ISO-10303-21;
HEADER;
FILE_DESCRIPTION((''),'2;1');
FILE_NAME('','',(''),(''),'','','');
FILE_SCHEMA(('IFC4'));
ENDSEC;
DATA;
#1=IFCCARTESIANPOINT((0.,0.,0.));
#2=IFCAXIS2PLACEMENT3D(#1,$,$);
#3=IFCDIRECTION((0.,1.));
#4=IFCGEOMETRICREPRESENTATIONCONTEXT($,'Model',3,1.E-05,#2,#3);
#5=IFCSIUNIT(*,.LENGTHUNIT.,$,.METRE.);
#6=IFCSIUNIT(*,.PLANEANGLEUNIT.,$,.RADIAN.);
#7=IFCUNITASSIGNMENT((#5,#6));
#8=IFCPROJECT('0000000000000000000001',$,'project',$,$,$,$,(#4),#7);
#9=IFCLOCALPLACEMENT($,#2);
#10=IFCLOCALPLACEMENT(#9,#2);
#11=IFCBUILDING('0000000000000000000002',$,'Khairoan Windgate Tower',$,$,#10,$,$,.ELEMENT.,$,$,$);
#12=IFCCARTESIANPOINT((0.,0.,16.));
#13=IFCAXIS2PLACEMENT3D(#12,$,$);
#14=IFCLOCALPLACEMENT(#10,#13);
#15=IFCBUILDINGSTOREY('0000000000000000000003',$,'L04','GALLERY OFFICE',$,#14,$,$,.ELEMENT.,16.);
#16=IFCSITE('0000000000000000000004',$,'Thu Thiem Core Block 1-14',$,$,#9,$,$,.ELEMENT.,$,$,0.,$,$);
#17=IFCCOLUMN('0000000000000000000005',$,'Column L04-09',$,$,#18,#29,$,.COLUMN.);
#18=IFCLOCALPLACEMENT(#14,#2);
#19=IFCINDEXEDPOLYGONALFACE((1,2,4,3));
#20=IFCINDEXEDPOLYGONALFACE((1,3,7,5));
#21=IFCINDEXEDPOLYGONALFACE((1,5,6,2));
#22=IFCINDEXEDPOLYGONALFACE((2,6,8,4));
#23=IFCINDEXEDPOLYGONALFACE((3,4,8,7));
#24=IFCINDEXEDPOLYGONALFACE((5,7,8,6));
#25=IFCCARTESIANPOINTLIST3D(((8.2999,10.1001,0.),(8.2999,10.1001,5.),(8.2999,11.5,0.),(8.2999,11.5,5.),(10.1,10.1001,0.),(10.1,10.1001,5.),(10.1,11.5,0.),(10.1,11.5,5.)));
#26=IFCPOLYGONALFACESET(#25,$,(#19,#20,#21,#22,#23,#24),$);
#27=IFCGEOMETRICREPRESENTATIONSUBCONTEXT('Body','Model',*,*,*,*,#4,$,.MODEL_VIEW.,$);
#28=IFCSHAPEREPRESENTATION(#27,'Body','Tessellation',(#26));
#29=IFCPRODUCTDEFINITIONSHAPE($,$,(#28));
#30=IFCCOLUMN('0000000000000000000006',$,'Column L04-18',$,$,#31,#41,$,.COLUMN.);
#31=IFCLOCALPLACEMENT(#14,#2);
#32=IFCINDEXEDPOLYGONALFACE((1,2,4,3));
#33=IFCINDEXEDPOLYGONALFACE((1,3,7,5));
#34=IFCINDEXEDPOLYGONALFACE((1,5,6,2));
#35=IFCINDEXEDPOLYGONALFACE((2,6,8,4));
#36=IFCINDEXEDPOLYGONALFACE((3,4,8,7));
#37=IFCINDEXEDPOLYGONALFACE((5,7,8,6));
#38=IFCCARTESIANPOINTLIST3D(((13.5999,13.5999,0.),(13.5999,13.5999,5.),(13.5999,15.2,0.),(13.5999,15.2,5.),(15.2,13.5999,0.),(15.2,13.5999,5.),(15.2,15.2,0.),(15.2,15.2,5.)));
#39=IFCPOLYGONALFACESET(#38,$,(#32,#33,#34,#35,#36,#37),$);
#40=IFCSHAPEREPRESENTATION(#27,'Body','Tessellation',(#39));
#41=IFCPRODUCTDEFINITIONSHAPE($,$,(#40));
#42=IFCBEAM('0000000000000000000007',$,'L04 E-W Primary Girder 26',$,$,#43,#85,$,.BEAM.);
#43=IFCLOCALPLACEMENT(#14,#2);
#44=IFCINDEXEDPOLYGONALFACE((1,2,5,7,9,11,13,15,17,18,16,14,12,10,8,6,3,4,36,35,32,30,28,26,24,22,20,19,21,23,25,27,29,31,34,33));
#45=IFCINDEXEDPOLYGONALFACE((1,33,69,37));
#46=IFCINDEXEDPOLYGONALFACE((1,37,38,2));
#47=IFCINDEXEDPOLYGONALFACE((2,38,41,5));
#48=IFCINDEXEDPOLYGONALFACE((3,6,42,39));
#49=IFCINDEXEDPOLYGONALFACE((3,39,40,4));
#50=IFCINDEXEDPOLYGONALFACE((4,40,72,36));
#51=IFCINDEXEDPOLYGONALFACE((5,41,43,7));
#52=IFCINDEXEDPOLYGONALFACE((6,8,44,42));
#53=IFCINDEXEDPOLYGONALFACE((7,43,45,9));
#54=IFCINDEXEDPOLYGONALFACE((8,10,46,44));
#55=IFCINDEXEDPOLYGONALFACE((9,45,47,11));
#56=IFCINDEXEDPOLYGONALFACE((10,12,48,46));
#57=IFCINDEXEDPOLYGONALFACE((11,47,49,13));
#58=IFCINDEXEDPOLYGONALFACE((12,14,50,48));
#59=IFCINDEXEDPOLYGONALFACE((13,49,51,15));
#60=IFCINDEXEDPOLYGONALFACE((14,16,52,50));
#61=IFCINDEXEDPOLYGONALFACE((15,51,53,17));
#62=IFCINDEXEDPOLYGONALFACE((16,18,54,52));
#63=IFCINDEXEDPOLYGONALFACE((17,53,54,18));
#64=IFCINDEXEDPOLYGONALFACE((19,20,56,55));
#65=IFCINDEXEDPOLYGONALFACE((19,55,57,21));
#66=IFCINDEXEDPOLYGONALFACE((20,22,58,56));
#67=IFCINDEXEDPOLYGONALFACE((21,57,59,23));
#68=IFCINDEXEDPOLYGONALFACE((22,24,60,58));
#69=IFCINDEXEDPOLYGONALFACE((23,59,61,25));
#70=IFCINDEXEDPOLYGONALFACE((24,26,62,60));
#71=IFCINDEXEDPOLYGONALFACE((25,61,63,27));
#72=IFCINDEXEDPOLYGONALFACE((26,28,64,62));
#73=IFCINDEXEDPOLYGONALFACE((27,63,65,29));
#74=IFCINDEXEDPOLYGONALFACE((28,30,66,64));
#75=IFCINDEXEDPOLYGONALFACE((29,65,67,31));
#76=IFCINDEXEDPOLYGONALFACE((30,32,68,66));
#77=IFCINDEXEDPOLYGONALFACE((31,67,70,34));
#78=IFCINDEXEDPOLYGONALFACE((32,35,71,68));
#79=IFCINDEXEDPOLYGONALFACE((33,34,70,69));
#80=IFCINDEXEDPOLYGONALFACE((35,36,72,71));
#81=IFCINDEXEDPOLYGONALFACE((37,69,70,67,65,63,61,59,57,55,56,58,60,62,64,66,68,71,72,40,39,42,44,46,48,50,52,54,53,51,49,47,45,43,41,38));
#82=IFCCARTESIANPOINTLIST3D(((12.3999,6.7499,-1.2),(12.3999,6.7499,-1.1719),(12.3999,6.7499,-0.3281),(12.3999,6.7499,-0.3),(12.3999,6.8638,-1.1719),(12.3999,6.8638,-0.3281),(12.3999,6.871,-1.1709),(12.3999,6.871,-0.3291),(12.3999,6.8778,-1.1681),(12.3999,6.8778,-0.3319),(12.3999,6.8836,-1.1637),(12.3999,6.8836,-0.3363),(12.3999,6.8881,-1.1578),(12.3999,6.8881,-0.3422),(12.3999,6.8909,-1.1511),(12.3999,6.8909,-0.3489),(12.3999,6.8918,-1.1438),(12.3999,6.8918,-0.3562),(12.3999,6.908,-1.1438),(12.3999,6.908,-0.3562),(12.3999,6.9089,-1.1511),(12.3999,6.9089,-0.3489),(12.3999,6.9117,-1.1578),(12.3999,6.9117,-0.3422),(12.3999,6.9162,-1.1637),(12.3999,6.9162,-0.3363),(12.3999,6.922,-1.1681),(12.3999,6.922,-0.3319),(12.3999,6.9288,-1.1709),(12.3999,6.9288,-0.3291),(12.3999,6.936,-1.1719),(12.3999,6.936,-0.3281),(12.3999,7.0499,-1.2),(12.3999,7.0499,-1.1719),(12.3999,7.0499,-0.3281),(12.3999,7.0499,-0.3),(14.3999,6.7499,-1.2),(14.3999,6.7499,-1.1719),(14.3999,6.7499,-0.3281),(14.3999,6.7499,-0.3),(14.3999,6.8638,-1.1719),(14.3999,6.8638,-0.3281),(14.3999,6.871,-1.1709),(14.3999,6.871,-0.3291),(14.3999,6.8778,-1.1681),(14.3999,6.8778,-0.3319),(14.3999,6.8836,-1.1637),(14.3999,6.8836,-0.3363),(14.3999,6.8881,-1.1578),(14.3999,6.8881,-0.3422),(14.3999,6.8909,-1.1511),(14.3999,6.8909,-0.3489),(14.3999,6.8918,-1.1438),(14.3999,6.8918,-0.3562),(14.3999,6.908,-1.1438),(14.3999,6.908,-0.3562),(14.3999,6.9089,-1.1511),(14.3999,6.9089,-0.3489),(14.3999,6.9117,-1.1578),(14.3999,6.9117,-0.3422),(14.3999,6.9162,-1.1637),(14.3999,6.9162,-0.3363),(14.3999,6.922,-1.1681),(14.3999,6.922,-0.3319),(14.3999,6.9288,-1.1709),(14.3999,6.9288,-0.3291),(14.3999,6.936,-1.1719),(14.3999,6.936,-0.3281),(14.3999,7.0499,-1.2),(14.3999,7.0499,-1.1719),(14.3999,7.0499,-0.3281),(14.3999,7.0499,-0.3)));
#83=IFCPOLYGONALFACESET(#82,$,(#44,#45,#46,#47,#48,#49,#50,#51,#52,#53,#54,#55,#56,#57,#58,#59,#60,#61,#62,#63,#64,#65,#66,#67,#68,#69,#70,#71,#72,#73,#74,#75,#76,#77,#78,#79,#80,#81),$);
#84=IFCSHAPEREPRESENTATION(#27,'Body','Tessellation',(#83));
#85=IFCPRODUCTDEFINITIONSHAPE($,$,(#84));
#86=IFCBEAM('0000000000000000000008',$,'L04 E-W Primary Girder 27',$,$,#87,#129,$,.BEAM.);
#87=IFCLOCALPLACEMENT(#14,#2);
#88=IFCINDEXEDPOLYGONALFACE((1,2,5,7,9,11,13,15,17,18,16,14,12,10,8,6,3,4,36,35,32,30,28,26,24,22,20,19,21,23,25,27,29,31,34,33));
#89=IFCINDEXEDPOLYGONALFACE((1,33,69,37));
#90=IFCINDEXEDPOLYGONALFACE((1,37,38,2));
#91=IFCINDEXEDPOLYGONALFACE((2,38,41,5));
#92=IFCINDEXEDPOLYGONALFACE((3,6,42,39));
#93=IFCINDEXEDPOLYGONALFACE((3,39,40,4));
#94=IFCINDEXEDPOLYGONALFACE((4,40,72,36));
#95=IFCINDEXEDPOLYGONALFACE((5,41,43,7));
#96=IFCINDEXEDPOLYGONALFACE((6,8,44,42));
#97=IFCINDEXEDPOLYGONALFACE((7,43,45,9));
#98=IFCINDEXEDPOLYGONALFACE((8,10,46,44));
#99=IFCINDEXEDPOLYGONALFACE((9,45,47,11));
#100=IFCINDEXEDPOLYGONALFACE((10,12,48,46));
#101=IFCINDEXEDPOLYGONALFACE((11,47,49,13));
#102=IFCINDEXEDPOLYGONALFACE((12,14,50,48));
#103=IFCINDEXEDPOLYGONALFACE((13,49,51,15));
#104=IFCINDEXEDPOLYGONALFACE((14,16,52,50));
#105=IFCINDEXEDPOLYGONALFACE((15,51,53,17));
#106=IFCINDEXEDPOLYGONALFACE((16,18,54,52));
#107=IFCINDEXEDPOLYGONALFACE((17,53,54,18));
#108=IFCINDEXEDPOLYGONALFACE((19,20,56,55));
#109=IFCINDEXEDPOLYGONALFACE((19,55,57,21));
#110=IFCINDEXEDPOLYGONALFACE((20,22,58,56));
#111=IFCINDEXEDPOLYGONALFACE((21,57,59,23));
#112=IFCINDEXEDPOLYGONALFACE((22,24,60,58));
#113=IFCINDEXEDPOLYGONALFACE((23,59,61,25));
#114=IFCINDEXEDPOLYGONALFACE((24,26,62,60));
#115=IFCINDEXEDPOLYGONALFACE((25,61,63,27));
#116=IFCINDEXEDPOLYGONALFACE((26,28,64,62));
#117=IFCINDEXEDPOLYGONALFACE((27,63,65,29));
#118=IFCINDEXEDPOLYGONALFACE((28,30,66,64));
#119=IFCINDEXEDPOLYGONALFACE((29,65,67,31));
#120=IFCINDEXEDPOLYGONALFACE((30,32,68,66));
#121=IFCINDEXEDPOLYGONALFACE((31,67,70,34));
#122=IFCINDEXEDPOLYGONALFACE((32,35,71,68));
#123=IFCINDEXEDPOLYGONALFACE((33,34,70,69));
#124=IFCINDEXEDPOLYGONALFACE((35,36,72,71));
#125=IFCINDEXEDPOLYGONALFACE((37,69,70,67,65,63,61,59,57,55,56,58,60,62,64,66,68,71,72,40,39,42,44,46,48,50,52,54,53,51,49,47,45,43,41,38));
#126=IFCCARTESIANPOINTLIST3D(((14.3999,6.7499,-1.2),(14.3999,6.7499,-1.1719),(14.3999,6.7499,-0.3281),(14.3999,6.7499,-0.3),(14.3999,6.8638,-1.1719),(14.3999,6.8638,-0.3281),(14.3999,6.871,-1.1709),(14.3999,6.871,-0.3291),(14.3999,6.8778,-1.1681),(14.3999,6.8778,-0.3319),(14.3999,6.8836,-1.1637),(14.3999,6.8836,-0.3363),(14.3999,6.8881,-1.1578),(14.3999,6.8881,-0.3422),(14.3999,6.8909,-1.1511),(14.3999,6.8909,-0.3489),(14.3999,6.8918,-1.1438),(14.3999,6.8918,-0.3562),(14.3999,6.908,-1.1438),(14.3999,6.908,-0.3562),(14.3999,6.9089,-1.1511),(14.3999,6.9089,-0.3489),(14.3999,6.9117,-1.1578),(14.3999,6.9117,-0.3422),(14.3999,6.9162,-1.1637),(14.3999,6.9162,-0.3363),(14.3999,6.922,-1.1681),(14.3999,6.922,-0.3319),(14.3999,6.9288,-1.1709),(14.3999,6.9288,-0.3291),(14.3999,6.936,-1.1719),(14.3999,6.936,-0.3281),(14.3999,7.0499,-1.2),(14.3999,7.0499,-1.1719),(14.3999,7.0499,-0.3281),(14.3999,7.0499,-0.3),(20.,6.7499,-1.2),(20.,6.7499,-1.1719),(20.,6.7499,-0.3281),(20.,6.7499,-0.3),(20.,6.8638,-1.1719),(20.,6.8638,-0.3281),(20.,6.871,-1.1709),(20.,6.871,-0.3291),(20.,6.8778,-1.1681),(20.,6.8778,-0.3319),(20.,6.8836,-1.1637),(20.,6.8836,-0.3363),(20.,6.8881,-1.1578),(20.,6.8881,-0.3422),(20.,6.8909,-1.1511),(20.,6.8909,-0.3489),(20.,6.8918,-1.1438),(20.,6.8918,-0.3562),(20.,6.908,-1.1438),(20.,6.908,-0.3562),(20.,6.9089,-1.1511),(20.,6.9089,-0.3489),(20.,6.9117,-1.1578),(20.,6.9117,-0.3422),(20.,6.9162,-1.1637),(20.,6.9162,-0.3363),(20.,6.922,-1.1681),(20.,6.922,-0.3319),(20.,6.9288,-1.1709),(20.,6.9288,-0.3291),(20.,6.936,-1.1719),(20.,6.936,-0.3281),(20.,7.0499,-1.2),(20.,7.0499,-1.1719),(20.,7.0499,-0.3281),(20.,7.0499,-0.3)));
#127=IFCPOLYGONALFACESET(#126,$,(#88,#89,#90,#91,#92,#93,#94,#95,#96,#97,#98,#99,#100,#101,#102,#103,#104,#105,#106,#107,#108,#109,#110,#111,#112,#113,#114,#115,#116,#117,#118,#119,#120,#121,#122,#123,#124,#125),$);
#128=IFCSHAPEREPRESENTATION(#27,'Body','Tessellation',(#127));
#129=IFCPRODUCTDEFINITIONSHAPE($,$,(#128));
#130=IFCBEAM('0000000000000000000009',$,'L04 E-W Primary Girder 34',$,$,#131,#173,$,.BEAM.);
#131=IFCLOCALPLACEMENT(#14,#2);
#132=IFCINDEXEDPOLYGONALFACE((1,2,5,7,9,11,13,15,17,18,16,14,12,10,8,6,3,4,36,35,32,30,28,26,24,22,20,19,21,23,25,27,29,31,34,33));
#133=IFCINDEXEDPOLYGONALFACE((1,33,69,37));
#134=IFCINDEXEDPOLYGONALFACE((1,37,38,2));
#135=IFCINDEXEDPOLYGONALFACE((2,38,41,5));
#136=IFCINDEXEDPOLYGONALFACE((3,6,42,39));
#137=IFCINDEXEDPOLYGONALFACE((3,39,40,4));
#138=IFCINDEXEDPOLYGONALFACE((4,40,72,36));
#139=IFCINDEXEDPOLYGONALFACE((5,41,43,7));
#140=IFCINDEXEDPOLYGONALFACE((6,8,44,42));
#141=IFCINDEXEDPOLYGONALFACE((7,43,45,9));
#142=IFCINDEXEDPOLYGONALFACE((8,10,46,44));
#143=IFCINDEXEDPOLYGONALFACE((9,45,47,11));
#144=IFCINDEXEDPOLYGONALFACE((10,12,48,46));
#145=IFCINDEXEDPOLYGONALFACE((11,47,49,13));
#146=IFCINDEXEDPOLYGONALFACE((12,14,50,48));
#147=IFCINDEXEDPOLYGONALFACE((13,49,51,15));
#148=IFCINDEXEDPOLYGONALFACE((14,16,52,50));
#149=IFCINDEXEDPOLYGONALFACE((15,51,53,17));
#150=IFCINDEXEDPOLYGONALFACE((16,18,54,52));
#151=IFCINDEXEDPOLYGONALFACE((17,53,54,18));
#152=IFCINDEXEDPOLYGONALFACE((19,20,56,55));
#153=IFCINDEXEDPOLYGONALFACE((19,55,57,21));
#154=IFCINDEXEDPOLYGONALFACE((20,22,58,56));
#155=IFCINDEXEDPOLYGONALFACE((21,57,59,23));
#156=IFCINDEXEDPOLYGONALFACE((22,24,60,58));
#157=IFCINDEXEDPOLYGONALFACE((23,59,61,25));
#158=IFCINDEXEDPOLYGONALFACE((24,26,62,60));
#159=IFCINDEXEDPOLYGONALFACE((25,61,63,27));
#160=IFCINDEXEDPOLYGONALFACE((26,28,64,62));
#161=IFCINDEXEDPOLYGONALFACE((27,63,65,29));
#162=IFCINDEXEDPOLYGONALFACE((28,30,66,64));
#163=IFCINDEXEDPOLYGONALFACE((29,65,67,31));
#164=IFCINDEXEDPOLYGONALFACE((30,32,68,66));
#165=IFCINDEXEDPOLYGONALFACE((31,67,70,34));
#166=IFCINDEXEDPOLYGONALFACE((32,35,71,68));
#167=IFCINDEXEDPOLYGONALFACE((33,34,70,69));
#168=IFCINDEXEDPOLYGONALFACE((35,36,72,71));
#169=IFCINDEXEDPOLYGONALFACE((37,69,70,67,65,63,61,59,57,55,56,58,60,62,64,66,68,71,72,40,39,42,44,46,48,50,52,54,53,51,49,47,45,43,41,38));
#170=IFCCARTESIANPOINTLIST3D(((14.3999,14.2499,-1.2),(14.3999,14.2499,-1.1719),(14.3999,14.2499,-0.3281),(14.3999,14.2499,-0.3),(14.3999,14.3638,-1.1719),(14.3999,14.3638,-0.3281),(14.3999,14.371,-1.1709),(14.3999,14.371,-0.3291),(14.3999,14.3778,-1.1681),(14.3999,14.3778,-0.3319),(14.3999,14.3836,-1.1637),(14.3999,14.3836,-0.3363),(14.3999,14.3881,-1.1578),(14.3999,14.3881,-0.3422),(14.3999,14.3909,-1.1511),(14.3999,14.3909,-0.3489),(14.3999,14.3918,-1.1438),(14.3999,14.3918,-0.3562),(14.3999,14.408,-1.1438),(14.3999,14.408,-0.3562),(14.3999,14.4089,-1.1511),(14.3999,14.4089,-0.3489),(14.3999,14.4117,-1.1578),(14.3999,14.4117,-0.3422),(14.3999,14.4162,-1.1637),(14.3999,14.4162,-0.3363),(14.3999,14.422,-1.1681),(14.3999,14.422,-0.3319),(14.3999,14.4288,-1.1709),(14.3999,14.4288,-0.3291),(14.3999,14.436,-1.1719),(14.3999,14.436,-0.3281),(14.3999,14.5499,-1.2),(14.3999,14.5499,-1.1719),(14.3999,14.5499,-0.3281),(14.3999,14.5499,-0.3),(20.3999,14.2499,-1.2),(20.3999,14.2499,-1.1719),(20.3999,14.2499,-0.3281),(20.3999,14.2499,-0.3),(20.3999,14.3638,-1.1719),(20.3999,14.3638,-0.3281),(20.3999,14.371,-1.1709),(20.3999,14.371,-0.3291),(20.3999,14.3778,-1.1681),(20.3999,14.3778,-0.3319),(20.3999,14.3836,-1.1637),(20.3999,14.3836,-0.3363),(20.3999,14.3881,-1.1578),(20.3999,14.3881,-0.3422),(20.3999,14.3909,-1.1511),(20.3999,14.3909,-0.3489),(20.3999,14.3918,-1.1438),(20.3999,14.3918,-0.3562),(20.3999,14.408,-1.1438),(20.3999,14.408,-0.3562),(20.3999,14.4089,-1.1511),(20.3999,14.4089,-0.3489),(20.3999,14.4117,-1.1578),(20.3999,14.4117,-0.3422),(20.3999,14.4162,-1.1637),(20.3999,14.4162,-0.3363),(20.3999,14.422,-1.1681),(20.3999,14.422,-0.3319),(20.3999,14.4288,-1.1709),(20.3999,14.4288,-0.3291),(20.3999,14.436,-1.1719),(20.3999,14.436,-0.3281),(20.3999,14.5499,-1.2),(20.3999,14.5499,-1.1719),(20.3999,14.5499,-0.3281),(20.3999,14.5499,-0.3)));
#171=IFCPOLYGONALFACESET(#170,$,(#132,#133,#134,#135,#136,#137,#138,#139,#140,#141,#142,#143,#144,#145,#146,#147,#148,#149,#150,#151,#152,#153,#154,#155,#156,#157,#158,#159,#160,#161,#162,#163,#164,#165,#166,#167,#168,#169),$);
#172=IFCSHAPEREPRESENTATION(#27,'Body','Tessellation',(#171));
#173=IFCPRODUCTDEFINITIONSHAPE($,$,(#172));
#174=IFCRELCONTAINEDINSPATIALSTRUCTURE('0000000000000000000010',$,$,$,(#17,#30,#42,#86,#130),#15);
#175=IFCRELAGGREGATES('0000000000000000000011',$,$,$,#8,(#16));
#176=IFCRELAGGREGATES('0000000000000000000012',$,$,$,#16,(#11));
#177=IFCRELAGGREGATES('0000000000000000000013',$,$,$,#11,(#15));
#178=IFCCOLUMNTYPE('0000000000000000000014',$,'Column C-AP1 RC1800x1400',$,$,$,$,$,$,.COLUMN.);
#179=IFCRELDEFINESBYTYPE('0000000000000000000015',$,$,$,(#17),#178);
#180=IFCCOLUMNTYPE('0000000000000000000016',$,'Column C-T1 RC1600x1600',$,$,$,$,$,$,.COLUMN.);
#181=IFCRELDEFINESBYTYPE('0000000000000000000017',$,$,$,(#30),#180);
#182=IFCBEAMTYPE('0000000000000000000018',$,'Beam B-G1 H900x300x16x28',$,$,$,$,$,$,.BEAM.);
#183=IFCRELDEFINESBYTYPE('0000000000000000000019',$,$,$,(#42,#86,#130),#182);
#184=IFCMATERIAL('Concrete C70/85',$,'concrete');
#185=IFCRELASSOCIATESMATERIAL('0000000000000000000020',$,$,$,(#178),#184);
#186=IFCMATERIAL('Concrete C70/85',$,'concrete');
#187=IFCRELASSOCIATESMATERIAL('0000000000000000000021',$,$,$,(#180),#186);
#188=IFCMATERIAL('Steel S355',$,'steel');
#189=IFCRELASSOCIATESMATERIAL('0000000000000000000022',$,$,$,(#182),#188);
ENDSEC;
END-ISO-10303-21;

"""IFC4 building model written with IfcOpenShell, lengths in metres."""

from ifc_helpers import new_model, si_unit, direction, frame, origin, origin_2d, place, context, subcontext, project, spatial, rectangle, i_section, extrude, material, material_profile, profile_set, type_object, element, save


model = new_model("IFC4")

# Units and contexts
model_context = context("Model", 3, precision=1e-05, world=origin(), true_north=direction((0.0, 1.0)))
body_context = subcontext(model_context, "Body", "Model", "MODEL_VIEW")
ifc_project = project(units=[si_unit("LENGTHUNIT", "METRE"), si_unit("PLANEANGLEUNIT", "RADIAN")], contexts=[model_context])

# Site, building, storey
site_placement = place(None, origin())
site = spatial("IfcSite", under=ifc_project, at=site_placement, Name="Thu Thiem Core Block 1-14", CompositionType="ELEMENT", RefElevation=0.0)
building_placement = place(site_placement, origin())
building = spatial("IfcBuilding", under=site, at=building_placement, Name="Khairoan Windgate Tower", CompositionType="ELEMENT")
storey_placement = place(building_placement, frame((0.0, 0.0, 16.0)))
storey = spatial("IfcBuildingStorey", under=building, at=storey_placement, Name="L04", Description="GALLERY OFFICE", CompositionType="ELEMENT", Elevation=16.0)

# Columns
ifc_material_1 = material(Name="Concrete C70/85", Category="concrete")
ifc_material_profile_1 = material_profile(ifc_material_1, rectangle(XDim=1.8, YDim=1.3999, at=origin_2d()))
ifc_profile_set_1 = profile_set([ifc_material_profile_1], Name="Concrete C70/85")
column_type_1 = type_object("IfcColumnType", Name="Column C-AP1 RC1800x1400", PredefinedType="COLUMN", material=ifc_profile_set_1)
column_1_placement = place(storey_placement, frame((9.2, 10.8, 0.0), z_axis=(0.0, 0.0, 1.0), x_axis=(1.0, 0.0, 0.0)))
element("IfcColumn", 1, at=column_1_placement, inside=storey, type_object=column_type_1, Name="Column L04-09", PredefinedType="COLUMN", context=body_context, shape_type="SweptSolid", body=[
    extrude(rectangle(XDim=1.8, YDim=1.3999, at=origin_2d()), origin(), (0.0, 0.0, 1.0), 5.0),
])
ifc_material_2 = material(Name="Concrete C70/85", Category="concrete")
ifc_material_profile_2 = material_profile(ifc_material_2, rectangle(XDim=1.6001, YDim=1.6001, at=origin_2d()))
ifc_profile_set_2 = profile_set([ifc_material_profile_2], Name="Concrete C70/85")
column_type_2 = type_object("IfcColumnType", Name="Column C-T1 RC1600x1600", PredefinedType="COLUMN", material=ifc_profile_set_2)
column_2_placement = place(storey_placement, frame((14.3999, 14.3999, 0.0), z_axis=(0.0, 0.0, 1.0), x_axis=(1.0, 0.0, 0.0)))
element("IfcColumn", 2, at=column_2_placement, inside=storey, type_object=column_type_2, Name="Column L04-18", PredefinedType="COLUMN", context=body_context, shape_type="SweptSolid", body=[
    extrude(rectangle(XDim=1.6001, YDim=1.6001, at=origin_2d()), origin(), (0.0, 0.0, 1.0), 5.0),
])

# Beams
ifc_material_3 = material(Name="Steel S355", Category="steel")
ifc_material_profile_3 = material_profile(ifc_material_3, i_section(OverallWidth=0.3, OverallDepth=0.8999, WebThickness=0.0161, FlangeThickness=0.0281, FilletRadius=0.0281, at=origin_2d()))
ifc_profile_set_3 = profile_set([ifc_material_profile_3], Name="Steel S355")
beam_type_1 = type_object("IfcBeamType", Name="Beam B-G1 H900x300x16x28", PredefinedType="BEAM", material=ifc_profile_set_3)
beam_1_placement = place(storey_placement, frame((12.3999, 6.8999, -0.75), z_axis=(1.0, 0.0, 0.0), x_axis=(0.0, 1.0, 0.0)))
element("IfcBeam", 3, at=beam_1_placement, inside=storey, type_object=beam_type_1, Name="L04 E-W Primary Girder 26", PredefinedType="BEAM", context=body_context, shape_type="SweptSolid", body=[
    extrude(i_section(OverallWidth=0.3, OverallDepth=0.8999, WebThickness=0.0161, FlangeThickness=0.0281, FilletRadius=0.0281, at=origin_2d()), origin(), (0.0, 0.0, 1.0), 2.0),
])
beam_2_placement = place(storey_placement, frame((14.3999, 6.8999, -0.75), z_axis=(1.0, 0.0, 0.0), x_axis=(0.0, 1.0, 0.0)))
element("IfcBeam", 4, at=beam_2_placement, inside=storey, type_object=beam_type_1, Name="L04 E-W Primary Girder 27", PredefinedType="BEAM", context=body_context, shape_type="SweptSolid", body=[
    extrude(i_section(OverallWidth=0.3, OverallDepth=0.8999, WebThickness=0.0161, FlangeThickness=0.0281, FilletRadius=0.0281, at=origin_2d()), origin(), (0.0, 0.0, 1.0), 5.6001),
])
beam_3_placement = place(storey_placement, frame((14.3999, 14.3999, -0.75), z_axis=(1.0, 0.0, 0.0), x_axis=(0.0, 1.0, 0.0)))
element("IfcBeam", 5, at=beam_3_placement, inside=storey, type_object=beam_type_1, Name="L04 E-W Primary Girder 34", PredefinedType="BEAM", context=body_context, shape_type="SweptSolid", body=[
    extrude(i_section(OverallWidth=0.3, OverallDepth=0.8999, WebThickness=0.0161, FlangeThickness=0.0281, FilletRadius=0.0281, at=origin_2d()), origin(), (0.0, 0.0, 1.0), 6.0),
])

save(model, "model.ifc")
